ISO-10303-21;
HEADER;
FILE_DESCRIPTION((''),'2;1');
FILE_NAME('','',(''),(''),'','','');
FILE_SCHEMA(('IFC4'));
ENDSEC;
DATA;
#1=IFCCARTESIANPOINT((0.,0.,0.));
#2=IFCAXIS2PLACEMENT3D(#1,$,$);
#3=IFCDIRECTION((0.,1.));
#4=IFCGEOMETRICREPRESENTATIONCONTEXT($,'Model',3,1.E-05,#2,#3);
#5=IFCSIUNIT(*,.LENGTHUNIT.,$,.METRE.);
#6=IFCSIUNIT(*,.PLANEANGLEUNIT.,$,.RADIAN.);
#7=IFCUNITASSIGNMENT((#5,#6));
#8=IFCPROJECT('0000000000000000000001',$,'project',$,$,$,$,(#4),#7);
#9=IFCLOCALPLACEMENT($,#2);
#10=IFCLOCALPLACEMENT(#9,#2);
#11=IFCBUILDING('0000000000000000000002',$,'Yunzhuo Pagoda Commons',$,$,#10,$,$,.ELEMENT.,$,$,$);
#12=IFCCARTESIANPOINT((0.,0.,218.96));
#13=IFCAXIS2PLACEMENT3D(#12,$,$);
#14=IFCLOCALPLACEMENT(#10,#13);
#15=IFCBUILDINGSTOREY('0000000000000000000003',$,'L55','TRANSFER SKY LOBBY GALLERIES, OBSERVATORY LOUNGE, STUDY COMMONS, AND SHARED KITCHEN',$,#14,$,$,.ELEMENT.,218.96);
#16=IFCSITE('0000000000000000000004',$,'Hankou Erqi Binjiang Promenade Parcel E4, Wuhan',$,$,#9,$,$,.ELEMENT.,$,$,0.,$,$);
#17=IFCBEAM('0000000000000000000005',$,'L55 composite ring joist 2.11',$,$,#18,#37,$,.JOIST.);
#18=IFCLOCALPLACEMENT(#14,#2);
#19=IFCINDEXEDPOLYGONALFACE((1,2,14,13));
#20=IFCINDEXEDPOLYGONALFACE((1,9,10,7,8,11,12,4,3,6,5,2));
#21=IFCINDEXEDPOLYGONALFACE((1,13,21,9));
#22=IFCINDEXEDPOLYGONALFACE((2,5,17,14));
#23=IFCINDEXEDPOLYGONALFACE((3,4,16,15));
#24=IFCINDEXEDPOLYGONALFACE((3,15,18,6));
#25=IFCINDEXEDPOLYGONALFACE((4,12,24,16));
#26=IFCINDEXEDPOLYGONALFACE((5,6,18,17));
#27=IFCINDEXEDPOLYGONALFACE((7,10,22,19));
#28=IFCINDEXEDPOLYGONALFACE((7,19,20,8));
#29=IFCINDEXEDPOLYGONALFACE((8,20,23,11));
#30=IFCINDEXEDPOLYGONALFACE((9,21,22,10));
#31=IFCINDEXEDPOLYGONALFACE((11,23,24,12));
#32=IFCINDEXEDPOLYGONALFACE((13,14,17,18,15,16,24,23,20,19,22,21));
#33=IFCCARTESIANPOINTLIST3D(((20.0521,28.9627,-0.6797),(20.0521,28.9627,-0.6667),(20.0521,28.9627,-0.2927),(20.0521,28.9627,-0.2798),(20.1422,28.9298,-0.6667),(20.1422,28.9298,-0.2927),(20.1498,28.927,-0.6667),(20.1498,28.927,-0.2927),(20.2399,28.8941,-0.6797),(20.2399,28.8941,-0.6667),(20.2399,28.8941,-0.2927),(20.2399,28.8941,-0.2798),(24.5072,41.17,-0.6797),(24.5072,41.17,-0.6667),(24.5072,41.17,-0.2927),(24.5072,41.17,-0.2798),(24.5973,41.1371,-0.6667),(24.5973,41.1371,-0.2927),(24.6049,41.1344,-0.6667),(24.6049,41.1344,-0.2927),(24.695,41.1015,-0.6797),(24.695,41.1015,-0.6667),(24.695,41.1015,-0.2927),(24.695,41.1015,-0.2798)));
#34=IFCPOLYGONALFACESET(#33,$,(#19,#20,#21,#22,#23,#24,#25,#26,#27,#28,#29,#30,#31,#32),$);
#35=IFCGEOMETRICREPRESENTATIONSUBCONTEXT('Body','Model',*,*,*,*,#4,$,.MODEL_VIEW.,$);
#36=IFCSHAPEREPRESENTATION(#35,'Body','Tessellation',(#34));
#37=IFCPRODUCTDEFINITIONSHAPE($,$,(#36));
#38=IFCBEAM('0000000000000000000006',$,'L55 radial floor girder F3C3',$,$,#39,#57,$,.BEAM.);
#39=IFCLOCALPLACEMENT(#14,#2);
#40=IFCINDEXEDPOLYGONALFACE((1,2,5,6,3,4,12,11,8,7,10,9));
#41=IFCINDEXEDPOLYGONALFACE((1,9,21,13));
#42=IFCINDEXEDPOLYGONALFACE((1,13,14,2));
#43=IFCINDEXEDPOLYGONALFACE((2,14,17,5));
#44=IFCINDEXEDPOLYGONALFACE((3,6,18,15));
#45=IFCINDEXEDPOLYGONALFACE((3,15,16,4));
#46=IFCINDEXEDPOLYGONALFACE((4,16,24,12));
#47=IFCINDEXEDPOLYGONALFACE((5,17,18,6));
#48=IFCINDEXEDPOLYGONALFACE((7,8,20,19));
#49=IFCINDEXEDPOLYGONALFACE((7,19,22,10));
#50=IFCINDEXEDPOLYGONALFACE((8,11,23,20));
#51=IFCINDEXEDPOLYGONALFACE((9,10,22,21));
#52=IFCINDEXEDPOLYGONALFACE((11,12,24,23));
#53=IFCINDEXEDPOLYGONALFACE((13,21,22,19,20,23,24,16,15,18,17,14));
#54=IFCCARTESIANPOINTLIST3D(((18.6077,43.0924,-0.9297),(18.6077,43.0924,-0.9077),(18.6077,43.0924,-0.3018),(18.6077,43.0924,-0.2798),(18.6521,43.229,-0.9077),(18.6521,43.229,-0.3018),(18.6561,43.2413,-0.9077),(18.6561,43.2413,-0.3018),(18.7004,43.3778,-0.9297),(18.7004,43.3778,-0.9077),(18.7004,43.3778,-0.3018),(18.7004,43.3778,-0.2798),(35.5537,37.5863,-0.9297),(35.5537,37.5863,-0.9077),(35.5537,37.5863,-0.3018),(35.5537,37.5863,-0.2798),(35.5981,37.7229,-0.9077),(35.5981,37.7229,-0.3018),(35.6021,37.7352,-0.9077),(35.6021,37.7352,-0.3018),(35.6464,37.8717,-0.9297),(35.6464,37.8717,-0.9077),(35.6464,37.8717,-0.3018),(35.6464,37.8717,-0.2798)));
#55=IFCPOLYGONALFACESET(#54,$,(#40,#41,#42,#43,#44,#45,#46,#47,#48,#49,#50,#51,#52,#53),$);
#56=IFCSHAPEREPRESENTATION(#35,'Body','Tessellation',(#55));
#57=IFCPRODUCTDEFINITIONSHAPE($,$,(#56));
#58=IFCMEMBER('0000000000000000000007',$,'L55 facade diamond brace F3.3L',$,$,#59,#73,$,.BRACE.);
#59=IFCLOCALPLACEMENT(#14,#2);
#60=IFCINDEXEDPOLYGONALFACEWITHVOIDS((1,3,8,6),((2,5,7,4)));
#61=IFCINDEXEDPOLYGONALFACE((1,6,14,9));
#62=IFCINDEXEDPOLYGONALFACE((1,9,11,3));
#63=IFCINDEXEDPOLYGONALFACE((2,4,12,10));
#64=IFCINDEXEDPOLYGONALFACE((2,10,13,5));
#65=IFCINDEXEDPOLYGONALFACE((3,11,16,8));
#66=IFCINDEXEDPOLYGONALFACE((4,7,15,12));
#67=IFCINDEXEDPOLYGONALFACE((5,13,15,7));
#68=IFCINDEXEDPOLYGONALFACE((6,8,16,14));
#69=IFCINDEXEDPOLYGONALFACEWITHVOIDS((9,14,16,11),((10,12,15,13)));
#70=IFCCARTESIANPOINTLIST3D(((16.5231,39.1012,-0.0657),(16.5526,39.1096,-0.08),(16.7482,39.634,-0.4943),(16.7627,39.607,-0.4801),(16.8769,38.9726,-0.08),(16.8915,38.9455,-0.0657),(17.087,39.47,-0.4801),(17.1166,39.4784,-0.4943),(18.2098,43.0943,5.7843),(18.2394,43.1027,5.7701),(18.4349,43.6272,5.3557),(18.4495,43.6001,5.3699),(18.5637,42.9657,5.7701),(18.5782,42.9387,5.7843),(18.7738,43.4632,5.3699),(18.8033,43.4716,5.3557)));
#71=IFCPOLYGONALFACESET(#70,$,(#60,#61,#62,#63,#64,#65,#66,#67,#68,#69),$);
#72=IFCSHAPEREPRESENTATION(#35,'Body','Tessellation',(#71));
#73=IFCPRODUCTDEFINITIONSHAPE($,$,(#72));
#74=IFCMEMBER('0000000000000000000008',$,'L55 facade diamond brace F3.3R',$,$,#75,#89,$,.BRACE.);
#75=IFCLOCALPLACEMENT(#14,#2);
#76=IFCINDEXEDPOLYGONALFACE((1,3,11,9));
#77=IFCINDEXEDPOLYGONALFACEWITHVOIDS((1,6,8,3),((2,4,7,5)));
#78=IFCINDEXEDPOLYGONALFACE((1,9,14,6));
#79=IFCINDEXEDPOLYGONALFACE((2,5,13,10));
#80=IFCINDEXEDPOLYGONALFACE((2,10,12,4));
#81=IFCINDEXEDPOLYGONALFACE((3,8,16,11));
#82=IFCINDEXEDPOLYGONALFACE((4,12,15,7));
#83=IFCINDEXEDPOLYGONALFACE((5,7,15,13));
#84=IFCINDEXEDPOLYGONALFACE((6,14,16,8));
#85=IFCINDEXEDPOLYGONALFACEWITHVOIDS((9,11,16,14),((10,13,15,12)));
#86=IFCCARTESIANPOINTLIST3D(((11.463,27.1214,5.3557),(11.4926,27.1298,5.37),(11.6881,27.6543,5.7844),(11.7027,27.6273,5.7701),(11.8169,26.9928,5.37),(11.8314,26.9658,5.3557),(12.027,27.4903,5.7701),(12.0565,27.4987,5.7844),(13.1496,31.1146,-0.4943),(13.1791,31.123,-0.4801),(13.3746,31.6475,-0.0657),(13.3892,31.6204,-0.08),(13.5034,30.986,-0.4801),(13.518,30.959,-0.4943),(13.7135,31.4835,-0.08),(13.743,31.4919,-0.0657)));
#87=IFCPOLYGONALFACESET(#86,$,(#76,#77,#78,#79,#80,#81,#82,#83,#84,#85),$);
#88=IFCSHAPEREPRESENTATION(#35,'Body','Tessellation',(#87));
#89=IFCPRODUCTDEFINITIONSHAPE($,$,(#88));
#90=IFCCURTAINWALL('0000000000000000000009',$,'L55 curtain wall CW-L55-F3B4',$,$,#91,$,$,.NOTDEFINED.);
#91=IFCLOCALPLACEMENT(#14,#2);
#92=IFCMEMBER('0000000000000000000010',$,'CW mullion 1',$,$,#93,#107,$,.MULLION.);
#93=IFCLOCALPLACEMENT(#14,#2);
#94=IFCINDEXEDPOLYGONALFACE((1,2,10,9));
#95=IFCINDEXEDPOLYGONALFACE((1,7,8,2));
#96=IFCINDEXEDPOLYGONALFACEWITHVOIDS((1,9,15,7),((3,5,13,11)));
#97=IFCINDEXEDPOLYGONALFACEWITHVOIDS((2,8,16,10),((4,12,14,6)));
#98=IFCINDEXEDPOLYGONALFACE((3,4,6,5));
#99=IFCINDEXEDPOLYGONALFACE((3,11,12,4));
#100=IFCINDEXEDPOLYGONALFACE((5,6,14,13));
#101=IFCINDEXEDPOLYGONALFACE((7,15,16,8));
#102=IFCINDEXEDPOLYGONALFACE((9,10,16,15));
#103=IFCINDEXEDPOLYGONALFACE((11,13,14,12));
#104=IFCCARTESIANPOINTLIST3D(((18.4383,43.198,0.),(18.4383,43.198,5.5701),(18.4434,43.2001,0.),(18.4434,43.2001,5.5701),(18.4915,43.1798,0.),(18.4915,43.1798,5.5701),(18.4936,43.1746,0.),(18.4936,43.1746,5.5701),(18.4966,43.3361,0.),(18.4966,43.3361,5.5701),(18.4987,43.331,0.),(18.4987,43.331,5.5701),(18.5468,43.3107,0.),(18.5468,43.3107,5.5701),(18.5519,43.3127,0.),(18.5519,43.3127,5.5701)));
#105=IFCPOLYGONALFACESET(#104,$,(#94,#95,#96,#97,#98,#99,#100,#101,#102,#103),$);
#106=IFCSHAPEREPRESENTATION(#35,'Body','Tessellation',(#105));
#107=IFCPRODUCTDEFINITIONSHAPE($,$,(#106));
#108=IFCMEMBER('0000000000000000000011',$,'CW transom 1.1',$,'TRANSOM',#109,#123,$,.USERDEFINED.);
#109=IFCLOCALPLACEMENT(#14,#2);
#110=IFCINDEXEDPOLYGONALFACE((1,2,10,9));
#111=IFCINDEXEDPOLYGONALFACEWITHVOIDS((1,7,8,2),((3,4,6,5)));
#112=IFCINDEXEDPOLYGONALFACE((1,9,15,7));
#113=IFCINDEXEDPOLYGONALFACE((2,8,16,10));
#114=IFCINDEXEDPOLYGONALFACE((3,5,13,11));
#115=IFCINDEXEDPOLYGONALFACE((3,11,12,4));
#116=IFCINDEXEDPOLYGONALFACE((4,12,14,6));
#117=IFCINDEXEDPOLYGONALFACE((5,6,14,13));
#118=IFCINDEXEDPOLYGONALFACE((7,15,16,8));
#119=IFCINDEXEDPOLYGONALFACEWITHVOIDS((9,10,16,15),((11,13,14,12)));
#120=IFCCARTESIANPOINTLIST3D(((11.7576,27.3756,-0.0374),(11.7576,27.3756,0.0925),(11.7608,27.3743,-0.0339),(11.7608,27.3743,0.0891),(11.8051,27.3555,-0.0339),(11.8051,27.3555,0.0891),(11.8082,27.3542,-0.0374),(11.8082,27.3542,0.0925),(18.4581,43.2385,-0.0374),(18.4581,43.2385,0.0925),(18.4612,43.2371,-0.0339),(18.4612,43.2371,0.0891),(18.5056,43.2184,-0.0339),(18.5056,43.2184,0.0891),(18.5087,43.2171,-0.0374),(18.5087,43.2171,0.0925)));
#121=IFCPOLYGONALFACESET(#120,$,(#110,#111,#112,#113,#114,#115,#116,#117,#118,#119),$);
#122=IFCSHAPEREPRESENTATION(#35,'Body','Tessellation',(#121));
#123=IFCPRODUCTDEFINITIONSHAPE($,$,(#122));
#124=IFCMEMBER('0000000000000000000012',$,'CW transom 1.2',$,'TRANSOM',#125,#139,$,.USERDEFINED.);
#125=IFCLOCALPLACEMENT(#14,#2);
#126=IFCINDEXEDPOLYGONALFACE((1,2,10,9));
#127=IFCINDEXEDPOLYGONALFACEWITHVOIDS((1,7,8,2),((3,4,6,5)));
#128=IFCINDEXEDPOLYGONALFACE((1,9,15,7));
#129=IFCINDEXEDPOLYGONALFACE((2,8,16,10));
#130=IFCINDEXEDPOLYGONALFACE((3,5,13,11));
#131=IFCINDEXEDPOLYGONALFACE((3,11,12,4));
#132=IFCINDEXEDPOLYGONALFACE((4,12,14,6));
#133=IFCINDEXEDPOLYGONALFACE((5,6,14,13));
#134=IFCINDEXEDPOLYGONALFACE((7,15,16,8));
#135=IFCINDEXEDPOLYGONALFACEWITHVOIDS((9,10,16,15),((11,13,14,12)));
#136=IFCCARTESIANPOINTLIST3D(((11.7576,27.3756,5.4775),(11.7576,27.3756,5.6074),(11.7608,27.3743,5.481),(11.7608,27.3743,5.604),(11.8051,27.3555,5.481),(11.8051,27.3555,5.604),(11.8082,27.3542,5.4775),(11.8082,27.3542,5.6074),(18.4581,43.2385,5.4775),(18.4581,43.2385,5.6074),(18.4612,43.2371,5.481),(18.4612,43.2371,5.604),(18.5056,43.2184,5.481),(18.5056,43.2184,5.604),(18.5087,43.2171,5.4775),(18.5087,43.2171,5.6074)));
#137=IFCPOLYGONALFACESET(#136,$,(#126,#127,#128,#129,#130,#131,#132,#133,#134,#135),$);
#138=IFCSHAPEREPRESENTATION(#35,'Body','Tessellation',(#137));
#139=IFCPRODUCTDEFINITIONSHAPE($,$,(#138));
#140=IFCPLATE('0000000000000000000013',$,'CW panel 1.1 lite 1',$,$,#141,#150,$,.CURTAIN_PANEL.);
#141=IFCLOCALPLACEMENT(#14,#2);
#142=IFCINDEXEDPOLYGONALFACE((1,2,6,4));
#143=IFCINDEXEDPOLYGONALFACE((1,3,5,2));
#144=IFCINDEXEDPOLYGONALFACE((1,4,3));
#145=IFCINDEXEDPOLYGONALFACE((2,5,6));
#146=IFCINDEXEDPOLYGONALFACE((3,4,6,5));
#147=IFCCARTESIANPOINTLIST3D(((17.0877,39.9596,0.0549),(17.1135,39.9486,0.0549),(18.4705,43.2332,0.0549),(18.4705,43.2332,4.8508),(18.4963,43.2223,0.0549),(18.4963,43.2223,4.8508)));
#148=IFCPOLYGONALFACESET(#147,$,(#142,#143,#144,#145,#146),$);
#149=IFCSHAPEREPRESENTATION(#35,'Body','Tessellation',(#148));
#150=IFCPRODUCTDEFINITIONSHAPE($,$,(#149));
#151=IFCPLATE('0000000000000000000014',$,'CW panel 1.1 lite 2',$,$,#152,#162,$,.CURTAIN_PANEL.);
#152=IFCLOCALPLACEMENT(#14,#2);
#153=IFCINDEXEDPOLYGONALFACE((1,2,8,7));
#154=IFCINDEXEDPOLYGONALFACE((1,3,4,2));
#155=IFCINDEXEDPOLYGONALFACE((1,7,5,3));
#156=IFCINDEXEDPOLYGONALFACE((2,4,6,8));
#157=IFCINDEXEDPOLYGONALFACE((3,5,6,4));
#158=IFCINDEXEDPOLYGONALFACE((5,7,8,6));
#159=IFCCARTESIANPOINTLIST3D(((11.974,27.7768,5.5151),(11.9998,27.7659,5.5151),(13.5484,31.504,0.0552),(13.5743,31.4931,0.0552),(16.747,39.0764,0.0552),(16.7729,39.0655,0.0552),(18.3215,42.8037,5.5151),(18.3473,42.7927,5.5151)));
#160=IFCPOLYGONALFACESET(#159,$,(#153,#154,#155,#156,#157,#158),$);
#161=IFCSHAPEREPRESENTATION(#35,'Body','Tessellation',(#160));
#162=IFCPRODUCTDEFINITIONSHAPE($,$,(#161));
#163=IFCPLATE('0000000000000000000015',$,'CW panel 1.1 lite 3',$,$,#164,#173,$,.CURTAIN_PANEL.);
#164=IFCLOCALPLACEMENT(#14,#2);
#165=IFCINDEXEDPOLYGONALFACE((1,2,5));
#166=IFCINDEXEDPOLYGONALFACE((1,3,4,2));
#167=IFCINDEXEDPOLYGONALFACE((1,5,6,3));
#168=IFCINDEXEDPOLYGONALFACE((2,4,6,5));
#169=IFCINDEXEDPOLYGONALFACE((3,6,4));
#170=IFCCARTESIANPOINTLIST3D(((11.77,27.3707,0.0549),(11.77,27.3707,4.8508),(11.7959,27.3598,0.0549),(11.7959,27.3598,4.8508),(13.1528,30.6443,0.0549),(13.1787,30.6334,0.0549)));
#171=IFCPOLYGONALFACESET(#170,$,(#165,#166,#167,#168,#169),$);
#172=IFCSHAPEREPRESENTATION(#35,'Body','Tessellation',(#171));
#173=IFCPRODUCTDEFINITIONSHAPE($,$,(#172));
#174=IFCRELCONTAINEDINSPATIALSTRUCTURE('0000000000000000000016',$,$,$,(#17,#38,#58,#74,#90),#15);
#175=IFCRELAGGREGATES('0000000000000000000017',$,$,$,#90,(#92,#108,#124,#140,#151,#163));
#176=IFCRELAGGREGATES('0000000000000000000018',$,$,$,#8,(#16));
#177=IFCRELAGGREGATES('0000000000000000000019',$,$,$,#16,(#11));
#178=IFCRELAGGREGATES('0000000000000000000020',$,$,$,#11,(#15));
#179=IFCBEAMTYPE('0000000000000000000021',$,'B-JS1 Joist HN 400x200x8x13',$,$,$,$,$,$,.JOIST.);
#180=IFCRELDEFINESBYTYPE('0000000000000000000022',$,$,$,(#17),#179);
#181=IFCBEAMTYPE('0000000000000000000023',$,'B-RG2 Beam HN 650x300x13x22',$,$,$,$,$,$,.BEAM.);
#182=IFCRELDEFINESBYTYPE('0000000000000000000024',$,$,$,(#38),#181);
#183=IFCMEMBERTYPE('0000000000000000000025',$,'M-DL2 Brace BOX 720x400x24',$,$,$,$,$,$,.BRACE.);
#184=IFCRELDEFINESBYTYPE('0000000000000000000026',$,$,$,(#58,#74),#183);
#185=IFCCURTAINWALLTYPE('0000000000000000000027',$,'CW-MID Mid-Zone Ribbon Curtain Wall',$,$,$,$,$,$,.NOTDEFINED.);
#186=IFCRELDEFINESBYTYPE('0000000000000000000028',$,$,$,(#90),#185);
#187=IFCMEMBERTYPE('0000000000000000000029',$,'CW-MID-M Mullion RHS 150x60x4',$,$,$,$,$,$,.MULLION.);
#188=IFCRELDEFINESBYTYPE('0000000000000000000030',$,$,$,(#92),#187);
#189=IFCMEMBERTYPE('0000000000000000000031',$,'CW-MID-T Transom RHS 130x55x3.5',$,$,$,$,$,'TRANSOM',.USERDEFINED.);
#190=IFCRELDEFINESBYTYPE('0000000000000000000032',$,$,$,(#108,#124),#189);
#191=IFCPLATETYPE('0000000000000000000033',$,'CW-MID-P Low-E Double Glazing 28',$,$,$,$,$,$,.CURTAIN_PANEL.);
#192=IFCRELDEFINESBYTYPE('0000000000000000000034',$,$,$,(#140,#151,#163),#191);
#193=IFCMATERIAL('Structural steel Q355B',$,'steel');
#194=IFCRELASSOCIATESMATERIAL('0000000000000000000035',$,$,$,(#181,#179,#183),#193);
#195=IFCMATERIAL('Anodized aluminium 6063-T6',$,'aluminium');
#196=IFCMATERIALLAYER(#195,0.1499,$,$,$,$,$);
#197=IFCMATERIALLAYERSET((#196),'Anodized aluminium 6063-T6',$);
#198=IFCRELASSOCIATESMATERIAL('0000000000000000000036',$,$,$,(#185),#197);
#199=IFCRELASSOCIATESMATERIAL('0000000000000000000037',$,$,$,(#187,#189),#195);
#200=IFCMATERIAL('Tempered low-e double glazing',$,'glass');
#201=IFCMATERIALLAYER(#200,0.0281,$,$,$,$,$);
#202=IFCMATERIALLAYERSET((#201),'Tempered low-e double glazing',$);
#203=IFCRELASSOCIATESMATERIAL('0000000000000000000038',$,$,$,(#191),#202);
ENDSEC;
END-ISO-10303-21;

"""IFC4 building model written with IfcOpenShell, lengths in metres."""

from ifc_helpers import new_model, si_unit, direction, frame, origin, origin_2d, place, context, subcontext, project, spatial, polyline, hollow_rectangle, i_section, outline, extrude, source, transform, mapped, material, layer, layer_set, material_profile, profile_set, type_object, element, aggregate, save


model = new_model("IFC4")

# Units and contexts
model_context = context("Model", 3, precision=1e-05, world=origin(), true_north=direction((0.0, 1.0)))
body_context = subcontext(model_context, "Body", "Model", "MODEL_VIEW")
ifc_project = project(units=[si_unit("LENGTHUNIT", "METRE"), si_unit("PLANEANGLEUNIT", "RADIAN")], contexts=[model_context])

# Site, building, storey
site_placement = place(None, origin())
site = spatial("IfcSite", under=ifc_project, at=site_placement, Name="Hankou Erqi Binjiang Promenade Parcel E4, Wuhan", CompositionType="ELEMENT", RefElevation=0.0)
building_placement = place(site_placement, origin())
building = spatial("IfcBuilding", under=site, at=building_placement, Name="Yunzhuo Pagoda Commons", CompositionType="ELEMENT")
storey_placement = place(building_placement, frame((0.0, 0.0, 218.96)))
storey = spatial("IfcBuildingStorey", under=building, at=storey_placement, Name="L55", Description="TRANSFER SKY LOBBY GALLERIES, OBSERVATORY LOUNGE, STUDY COMMONS, AND SHARED KITCHEN", CompositionType="ELEMENT", Elevation=218.96)

# Beams
ifc_material_1 = material(Name="Structural steel Q355B", Category="steel")
ifc_material_profile_1 = material_profile(ifc_material_1, i_section(OverallWidth=0.3, OverallDepth=0.6499, WebThickness=0.0129, FlangeThickness=0.022, at=origin_2d()), Name="Structural steel Q355B")
ifc_profile_set_1 = profile_set([ifc_material_profile_1], Name="Structural steel Q355B")
beam_type_1 = type_object("IfcBeamType", Name="B-RG2 Beam HN 650x300x13x22", PredefinedType="BEAM", material=ifc_profile_set_1)
ifc_material_profile_2 = material_profile(ifc_material_1, i_section(OverallWidth=0.2, OverallDepth=0.3999, WebThickness=0.0081, FlangeThickness=0.0129, at=origin_2d()), Name="Structural steel Q355B")
ifc_profile_set_2 = profile_set([ifc_material_profile_2], Name="Structural steel Q355B")
beam_type_2 = type_object("IfcBeamType", Name="B-JS1 Joist HN 400x200x8x13", PredefinedType="JOIST", material=ifc_profile_set_2)
shared_shape_1 = source(origin(), body_context, "Body", "SweptSolid", [
    extrude(i_section(OverallWidth=0.2, OverallDepth=0.3999, WebThickness=0.0081, FlangeThickness=0.0129, at=origin_2d()), origin(), (0.0, 0.0, 1.0), 12.9949),
])
beam_1_placement = place(storey_placement, frame((24.6011, 41.1357, -0.4797), z_axis=(-0.342835, -0.939396, 0.0), x_axis=(0.939396, -0.342835, 0.0)))
element("IfcBeam", 1, at=beam_1_placement, inside=storey, type_object=beam_type_2, Name="L55 composite ring joist 2.11", PredefinedType="JOIST", context=body_context, shape_type="MappedRepresentation", body=[
    mapped(shared_shape_1, transform((0.0, 0.0, 0.0), scale=1.0)),
])
shared_shape_2 = source(origin(), body_context, "Body", "SweptSolid", [
    extrude(i_section(OverallWidth=0.3, OverallDepth=0.6499, WebThickness=0.0129, FlangeThickness=0.022, at=origin_2d()), origin(), (0.0, 0.0, 1.0), 17.8181),
])
beam_2_placement = place(storey_placement, frame((18.6541, 43.2351, -0.6047), z_axis=(0.951057, -0.309017, 0.0), x_axis=(0.309017, 0.951057, 0.0)))
element("IfcBeam", 2, at=beam_2_placement, inside=storey, type_object=beam_type_1, Name="L55 radial floor girder F3C3", PredefinedType="BEAM", context=body_context, shape_type="MappedRepresentation", body=[
    mapped(shared_shape_2, transform((0.0, 0.0, 0.0), scale=1.0)),
])

# Members
ifc_material_profile_3 = material_profile(ifc_material_1, hollow_rectangle(XDim=0.3999, YDim=0.72, WallThickness=0.0239, at=origin_2d()), Name="Structural steel Q355B")
ifc_profile_set_3 = profile_set([ifc_material_profile_3], Name="Structural steel Q355B")
member_type_1 = type_object("IfcMemberType", Name="M-DL2 Brace BOX 720x400x24", PredefinedType="BRACE", material=ifc_profile_set_3)
shared_shape_3 = source(origin(), body_context, "Body", "SweptSolid", [
    extrude(hollow_rectangle(XDim=0.3999, YDim=0.72, WallThickness=0.0239, at=origin_2d()), origin(), (0.0, 0.0, 1.0), 7.281),
])
for number, where, z_axis, x_axis, name in (
    (3, (16.8198, 39.2898, -0.28), (0.231664, 0.54843, 0.803465), (-0.921186, 0.389122, 0.0), "L55 facade diamond brace F3.3L"),
    (4, (13.4463, 31.3032, -0.28), (-0.231633, -0.548434, 0.803471), (0.921206, -0.389074, 0.0), "L55 facade diamond brace F3.3R"),
):
    element("IfcMember", number, at=place(storey_placement, frame(where, z_axis=z_axis, x_axis=x_axis)), inside=storey, type_object=member_type_1, Name=name, PredefinedType="BRACE", context=body_context, shape_type="MappedRepresentation", body=[
        mapped(shared_shape_3, transform((0.0, 0.0, 0.0), scale=1.0)),
    ])

# Curtain wall, members, plates
ifc_material_2 = material(Name="Anodized aluminium 6063-T6", Category="aluminium")
ifc_layer_1 = layer(ifc_material_2, 0.1499)
ifc_layer_set_1 = layer_set([ifc_layer_1], Name="Anodized aluminium 6063-T6")
curtain_wall_type = type_object("IfcCurtainWallType", Name="CW-MID Mid-Zone Ribbon Curtain Wall", PredefinedType="NOTDEFINED", material=ifc_layer_set_1)
curtain_wall_placement = place(storey_placement, origin())
curtain_wall = element("IfcCurtainWall", 5, at=curtain_wall_placement, inside=storey, type_object=curtain_wall_type, Name="L55 curtain wall CW-L55-F3B4", PredefinedType="NOTDEFINED")
ifc_material_profile_4 = material_profile(ifc_material_2, hollow_rectangle(XDim=0.0601, YDim=0.1499, WallThickness=0.0039, at=origin_2d()), Name="Anodized aluminium 6063-T6")
ifc_profile_set_4 = profile_set([ifc_material_profile_4], Name="Anodized aluminium 6063-T6")
member_type_2 = type_object("IfcMemberType", Name="CW-MID-M Mullion RHS 150x60x4", PredefinedType="MULLION", material=ifc_profile_set_4)
shared_shape_4 = source(origin(), body_context, "Body", "SweptSolid", [
    extrude(hollow_rectangle(XDim=0.0601, YDim=0.1499, WallThickness=0.0039, at=origin_2d()), origin(), (0.0, 0.0, 1.0), 5.5701),
])
member_1_placement = place(storey_placement, frame((18.4951, 43.2554, 0.0), z_axis=(0.0, 0.0, 1.0), x_axis=(0.921188, -0.389117, 0.0)))
member_1 = element("IfcMember", 6, at=member_1_placement, type_object=member_type_2, Name="CW mullion 1", PredefinedType="MULLION", context=body_context, shape_type="MappedRepresentation", body=[
    mapped(shared_shape_4, transform((0.0, 0.0, 0.0), scale=1.0)),
])
ifc_material_profile_5 = material_profile(ifc_material_2, hollow_rectangle(XDim=0.0549, YDim=0.1299, WallThickness=0.0034, at=origin_2d()), Name="Anodized aluminium 6063-T6")
ifc_profile_set_5 = profile_set([ifc_material_profile_5], Name="Anodized aluminium 6063-T6")
member_type_3 = type_object("IfcMemberType", Name="CW-MID-T Transom RHS 130x55x3.5", ElementType="TRANSOM", PredefinedType="USERDEFINED", material=ifc_profile_set_5)
shared_shape_5 = source(origin(), body_context, "Body", "SweptSolid", [
    extrude(hollow_rectangle(XDim=0.0549, YDim=0.1299, WallThickness=0.0034, at=origin_2d()), origin(), (0.0, 0.0, 1.0), 17.22),
])
member_2_placement = place(storey_placement, frame((18.4834, 43.2278, 0.0276), z_axis=(-0.389111, -0.921191, 0.0), x_axis=(0.921191, -0.389111, 0.0)))
member_2 = element("IfcMember", 7, at=member_2_placement, type_object=member_type_3, Name="CW transom 1.1", ObjectType="TRANSOM", PredefinedType="USERDEFINED", context=body_context, shape_type="MappedRepresentation", body=[
    mapped(shared_shape_5, transform((0.0, 0.0, 0.0), scale=1.0)),
])
member_3_placement = place(storey_placement, frame((18.4834, 43.2278, 5.5425), z_axis=(-0.389111, -0.921191, 0.0), x_axis=(0.921191, -0.389111, 0.0)))
member_3 = element("IfcMember", 8, at=member_3_placement, type_object=member_type_3, Name="CW transom 1.2", ObjectType="TRANSOM", PredefinedType="USERDEFINED", context=body_context, shape_type="MappedRepresentation", body=[
    mapped(shared_shape_5, transform((0.0, 0.0, 0.0), scale=1.0)),
])
ifc_material_3 = material(Name="Tempered low-e double glazing", Category="glass")
ifc_layer_2 = layer(ifc_material_3, 0.0281)
ifc_layer_set_2 = layer_set([ifc_layer_2], Name="Tempered low-e double glazing")
plate_type_1 = type_object("IfcPlateType", Name="CW-MID-P Low-E Double Glazing 28", PredefinedType="CURTAIN_PANEL", material=ifc_layer_set_2)
plate_1_placement = place(storey_placement, frame((17.8049, 41.5854, 2.4529), z_axis=(-0.921188, 0.389117, 0.0), x_axis=(-0.389117, -0.921188, 0.0)))
plate_1 = element("IfcPlate", 9, at=plate_1_placement, type_object=plate_type_1, Name="CW panel 1.1 lite 1", PredefinedType="CURTAIN_PANEL", context=body_context, shape_type="SweptSolid", body=[
    extrude(outline(polyline([(-1.7769, -2.3979), (1.7769, -2.3979), (-1.7769, 2.3979), (-1.7769, -2.3979)])), origin(), (0.0, 0.0, 1.0), 0.0281),
])
plate_2_placement = place(storey_placement, frame((15.1736, 35.2793, 2.7852), z_axis=(-0.921188, 0.389117, 0.0), x_axis=(-0.389117, -0.921188, 0.0)))
plate_2 = element("IfcPlate", 10, at=plate_2_placement, type_object=plate_type_1, Name="CW panel 1.1 lite 2", PredefinedType="CURTAIN_PANEL", context=body_context, shape_type="SweptSolid", body=[
    extrude(outline(polyline([(-8.1562, 2.73), (-4.1101, -2.73), (4.1101, -2.73), (8.1562, 2.73), (-8.1562, 2.73)])), origin(), (0.0, 0.0, 1.0), 0.0281),
])
plate_3_placement = place(storey_placement, frame((12.4873, 28.9966, 2.4529), z_axis=(-0.921188, 0.389117, 0.0), x_axis=(-0.389117, -0.921188, 0.0)))
plate_3 = element("IfcPlate", 11, at=plate_3_placement, type_object=plate_type_1, Name="CW panel 1.1 lite 3", PredefinedType="CURTAIN_PANEL", context=body_context, shape_type="SweptSolid", body=[
    extrude(outline(polyline([(-1.7769, -2.3979), (1.7769, -2.3979), (1.7769, 2.3979), (-1.7769, -2.3979)])), origin(), (0.0, 0.0, 1.0), 0.0281),
])
aggregate(curtain_wall, [member_1, member_2, member_3, plate_1, plate_2, plate_3])

save(model, "model.ifc")
